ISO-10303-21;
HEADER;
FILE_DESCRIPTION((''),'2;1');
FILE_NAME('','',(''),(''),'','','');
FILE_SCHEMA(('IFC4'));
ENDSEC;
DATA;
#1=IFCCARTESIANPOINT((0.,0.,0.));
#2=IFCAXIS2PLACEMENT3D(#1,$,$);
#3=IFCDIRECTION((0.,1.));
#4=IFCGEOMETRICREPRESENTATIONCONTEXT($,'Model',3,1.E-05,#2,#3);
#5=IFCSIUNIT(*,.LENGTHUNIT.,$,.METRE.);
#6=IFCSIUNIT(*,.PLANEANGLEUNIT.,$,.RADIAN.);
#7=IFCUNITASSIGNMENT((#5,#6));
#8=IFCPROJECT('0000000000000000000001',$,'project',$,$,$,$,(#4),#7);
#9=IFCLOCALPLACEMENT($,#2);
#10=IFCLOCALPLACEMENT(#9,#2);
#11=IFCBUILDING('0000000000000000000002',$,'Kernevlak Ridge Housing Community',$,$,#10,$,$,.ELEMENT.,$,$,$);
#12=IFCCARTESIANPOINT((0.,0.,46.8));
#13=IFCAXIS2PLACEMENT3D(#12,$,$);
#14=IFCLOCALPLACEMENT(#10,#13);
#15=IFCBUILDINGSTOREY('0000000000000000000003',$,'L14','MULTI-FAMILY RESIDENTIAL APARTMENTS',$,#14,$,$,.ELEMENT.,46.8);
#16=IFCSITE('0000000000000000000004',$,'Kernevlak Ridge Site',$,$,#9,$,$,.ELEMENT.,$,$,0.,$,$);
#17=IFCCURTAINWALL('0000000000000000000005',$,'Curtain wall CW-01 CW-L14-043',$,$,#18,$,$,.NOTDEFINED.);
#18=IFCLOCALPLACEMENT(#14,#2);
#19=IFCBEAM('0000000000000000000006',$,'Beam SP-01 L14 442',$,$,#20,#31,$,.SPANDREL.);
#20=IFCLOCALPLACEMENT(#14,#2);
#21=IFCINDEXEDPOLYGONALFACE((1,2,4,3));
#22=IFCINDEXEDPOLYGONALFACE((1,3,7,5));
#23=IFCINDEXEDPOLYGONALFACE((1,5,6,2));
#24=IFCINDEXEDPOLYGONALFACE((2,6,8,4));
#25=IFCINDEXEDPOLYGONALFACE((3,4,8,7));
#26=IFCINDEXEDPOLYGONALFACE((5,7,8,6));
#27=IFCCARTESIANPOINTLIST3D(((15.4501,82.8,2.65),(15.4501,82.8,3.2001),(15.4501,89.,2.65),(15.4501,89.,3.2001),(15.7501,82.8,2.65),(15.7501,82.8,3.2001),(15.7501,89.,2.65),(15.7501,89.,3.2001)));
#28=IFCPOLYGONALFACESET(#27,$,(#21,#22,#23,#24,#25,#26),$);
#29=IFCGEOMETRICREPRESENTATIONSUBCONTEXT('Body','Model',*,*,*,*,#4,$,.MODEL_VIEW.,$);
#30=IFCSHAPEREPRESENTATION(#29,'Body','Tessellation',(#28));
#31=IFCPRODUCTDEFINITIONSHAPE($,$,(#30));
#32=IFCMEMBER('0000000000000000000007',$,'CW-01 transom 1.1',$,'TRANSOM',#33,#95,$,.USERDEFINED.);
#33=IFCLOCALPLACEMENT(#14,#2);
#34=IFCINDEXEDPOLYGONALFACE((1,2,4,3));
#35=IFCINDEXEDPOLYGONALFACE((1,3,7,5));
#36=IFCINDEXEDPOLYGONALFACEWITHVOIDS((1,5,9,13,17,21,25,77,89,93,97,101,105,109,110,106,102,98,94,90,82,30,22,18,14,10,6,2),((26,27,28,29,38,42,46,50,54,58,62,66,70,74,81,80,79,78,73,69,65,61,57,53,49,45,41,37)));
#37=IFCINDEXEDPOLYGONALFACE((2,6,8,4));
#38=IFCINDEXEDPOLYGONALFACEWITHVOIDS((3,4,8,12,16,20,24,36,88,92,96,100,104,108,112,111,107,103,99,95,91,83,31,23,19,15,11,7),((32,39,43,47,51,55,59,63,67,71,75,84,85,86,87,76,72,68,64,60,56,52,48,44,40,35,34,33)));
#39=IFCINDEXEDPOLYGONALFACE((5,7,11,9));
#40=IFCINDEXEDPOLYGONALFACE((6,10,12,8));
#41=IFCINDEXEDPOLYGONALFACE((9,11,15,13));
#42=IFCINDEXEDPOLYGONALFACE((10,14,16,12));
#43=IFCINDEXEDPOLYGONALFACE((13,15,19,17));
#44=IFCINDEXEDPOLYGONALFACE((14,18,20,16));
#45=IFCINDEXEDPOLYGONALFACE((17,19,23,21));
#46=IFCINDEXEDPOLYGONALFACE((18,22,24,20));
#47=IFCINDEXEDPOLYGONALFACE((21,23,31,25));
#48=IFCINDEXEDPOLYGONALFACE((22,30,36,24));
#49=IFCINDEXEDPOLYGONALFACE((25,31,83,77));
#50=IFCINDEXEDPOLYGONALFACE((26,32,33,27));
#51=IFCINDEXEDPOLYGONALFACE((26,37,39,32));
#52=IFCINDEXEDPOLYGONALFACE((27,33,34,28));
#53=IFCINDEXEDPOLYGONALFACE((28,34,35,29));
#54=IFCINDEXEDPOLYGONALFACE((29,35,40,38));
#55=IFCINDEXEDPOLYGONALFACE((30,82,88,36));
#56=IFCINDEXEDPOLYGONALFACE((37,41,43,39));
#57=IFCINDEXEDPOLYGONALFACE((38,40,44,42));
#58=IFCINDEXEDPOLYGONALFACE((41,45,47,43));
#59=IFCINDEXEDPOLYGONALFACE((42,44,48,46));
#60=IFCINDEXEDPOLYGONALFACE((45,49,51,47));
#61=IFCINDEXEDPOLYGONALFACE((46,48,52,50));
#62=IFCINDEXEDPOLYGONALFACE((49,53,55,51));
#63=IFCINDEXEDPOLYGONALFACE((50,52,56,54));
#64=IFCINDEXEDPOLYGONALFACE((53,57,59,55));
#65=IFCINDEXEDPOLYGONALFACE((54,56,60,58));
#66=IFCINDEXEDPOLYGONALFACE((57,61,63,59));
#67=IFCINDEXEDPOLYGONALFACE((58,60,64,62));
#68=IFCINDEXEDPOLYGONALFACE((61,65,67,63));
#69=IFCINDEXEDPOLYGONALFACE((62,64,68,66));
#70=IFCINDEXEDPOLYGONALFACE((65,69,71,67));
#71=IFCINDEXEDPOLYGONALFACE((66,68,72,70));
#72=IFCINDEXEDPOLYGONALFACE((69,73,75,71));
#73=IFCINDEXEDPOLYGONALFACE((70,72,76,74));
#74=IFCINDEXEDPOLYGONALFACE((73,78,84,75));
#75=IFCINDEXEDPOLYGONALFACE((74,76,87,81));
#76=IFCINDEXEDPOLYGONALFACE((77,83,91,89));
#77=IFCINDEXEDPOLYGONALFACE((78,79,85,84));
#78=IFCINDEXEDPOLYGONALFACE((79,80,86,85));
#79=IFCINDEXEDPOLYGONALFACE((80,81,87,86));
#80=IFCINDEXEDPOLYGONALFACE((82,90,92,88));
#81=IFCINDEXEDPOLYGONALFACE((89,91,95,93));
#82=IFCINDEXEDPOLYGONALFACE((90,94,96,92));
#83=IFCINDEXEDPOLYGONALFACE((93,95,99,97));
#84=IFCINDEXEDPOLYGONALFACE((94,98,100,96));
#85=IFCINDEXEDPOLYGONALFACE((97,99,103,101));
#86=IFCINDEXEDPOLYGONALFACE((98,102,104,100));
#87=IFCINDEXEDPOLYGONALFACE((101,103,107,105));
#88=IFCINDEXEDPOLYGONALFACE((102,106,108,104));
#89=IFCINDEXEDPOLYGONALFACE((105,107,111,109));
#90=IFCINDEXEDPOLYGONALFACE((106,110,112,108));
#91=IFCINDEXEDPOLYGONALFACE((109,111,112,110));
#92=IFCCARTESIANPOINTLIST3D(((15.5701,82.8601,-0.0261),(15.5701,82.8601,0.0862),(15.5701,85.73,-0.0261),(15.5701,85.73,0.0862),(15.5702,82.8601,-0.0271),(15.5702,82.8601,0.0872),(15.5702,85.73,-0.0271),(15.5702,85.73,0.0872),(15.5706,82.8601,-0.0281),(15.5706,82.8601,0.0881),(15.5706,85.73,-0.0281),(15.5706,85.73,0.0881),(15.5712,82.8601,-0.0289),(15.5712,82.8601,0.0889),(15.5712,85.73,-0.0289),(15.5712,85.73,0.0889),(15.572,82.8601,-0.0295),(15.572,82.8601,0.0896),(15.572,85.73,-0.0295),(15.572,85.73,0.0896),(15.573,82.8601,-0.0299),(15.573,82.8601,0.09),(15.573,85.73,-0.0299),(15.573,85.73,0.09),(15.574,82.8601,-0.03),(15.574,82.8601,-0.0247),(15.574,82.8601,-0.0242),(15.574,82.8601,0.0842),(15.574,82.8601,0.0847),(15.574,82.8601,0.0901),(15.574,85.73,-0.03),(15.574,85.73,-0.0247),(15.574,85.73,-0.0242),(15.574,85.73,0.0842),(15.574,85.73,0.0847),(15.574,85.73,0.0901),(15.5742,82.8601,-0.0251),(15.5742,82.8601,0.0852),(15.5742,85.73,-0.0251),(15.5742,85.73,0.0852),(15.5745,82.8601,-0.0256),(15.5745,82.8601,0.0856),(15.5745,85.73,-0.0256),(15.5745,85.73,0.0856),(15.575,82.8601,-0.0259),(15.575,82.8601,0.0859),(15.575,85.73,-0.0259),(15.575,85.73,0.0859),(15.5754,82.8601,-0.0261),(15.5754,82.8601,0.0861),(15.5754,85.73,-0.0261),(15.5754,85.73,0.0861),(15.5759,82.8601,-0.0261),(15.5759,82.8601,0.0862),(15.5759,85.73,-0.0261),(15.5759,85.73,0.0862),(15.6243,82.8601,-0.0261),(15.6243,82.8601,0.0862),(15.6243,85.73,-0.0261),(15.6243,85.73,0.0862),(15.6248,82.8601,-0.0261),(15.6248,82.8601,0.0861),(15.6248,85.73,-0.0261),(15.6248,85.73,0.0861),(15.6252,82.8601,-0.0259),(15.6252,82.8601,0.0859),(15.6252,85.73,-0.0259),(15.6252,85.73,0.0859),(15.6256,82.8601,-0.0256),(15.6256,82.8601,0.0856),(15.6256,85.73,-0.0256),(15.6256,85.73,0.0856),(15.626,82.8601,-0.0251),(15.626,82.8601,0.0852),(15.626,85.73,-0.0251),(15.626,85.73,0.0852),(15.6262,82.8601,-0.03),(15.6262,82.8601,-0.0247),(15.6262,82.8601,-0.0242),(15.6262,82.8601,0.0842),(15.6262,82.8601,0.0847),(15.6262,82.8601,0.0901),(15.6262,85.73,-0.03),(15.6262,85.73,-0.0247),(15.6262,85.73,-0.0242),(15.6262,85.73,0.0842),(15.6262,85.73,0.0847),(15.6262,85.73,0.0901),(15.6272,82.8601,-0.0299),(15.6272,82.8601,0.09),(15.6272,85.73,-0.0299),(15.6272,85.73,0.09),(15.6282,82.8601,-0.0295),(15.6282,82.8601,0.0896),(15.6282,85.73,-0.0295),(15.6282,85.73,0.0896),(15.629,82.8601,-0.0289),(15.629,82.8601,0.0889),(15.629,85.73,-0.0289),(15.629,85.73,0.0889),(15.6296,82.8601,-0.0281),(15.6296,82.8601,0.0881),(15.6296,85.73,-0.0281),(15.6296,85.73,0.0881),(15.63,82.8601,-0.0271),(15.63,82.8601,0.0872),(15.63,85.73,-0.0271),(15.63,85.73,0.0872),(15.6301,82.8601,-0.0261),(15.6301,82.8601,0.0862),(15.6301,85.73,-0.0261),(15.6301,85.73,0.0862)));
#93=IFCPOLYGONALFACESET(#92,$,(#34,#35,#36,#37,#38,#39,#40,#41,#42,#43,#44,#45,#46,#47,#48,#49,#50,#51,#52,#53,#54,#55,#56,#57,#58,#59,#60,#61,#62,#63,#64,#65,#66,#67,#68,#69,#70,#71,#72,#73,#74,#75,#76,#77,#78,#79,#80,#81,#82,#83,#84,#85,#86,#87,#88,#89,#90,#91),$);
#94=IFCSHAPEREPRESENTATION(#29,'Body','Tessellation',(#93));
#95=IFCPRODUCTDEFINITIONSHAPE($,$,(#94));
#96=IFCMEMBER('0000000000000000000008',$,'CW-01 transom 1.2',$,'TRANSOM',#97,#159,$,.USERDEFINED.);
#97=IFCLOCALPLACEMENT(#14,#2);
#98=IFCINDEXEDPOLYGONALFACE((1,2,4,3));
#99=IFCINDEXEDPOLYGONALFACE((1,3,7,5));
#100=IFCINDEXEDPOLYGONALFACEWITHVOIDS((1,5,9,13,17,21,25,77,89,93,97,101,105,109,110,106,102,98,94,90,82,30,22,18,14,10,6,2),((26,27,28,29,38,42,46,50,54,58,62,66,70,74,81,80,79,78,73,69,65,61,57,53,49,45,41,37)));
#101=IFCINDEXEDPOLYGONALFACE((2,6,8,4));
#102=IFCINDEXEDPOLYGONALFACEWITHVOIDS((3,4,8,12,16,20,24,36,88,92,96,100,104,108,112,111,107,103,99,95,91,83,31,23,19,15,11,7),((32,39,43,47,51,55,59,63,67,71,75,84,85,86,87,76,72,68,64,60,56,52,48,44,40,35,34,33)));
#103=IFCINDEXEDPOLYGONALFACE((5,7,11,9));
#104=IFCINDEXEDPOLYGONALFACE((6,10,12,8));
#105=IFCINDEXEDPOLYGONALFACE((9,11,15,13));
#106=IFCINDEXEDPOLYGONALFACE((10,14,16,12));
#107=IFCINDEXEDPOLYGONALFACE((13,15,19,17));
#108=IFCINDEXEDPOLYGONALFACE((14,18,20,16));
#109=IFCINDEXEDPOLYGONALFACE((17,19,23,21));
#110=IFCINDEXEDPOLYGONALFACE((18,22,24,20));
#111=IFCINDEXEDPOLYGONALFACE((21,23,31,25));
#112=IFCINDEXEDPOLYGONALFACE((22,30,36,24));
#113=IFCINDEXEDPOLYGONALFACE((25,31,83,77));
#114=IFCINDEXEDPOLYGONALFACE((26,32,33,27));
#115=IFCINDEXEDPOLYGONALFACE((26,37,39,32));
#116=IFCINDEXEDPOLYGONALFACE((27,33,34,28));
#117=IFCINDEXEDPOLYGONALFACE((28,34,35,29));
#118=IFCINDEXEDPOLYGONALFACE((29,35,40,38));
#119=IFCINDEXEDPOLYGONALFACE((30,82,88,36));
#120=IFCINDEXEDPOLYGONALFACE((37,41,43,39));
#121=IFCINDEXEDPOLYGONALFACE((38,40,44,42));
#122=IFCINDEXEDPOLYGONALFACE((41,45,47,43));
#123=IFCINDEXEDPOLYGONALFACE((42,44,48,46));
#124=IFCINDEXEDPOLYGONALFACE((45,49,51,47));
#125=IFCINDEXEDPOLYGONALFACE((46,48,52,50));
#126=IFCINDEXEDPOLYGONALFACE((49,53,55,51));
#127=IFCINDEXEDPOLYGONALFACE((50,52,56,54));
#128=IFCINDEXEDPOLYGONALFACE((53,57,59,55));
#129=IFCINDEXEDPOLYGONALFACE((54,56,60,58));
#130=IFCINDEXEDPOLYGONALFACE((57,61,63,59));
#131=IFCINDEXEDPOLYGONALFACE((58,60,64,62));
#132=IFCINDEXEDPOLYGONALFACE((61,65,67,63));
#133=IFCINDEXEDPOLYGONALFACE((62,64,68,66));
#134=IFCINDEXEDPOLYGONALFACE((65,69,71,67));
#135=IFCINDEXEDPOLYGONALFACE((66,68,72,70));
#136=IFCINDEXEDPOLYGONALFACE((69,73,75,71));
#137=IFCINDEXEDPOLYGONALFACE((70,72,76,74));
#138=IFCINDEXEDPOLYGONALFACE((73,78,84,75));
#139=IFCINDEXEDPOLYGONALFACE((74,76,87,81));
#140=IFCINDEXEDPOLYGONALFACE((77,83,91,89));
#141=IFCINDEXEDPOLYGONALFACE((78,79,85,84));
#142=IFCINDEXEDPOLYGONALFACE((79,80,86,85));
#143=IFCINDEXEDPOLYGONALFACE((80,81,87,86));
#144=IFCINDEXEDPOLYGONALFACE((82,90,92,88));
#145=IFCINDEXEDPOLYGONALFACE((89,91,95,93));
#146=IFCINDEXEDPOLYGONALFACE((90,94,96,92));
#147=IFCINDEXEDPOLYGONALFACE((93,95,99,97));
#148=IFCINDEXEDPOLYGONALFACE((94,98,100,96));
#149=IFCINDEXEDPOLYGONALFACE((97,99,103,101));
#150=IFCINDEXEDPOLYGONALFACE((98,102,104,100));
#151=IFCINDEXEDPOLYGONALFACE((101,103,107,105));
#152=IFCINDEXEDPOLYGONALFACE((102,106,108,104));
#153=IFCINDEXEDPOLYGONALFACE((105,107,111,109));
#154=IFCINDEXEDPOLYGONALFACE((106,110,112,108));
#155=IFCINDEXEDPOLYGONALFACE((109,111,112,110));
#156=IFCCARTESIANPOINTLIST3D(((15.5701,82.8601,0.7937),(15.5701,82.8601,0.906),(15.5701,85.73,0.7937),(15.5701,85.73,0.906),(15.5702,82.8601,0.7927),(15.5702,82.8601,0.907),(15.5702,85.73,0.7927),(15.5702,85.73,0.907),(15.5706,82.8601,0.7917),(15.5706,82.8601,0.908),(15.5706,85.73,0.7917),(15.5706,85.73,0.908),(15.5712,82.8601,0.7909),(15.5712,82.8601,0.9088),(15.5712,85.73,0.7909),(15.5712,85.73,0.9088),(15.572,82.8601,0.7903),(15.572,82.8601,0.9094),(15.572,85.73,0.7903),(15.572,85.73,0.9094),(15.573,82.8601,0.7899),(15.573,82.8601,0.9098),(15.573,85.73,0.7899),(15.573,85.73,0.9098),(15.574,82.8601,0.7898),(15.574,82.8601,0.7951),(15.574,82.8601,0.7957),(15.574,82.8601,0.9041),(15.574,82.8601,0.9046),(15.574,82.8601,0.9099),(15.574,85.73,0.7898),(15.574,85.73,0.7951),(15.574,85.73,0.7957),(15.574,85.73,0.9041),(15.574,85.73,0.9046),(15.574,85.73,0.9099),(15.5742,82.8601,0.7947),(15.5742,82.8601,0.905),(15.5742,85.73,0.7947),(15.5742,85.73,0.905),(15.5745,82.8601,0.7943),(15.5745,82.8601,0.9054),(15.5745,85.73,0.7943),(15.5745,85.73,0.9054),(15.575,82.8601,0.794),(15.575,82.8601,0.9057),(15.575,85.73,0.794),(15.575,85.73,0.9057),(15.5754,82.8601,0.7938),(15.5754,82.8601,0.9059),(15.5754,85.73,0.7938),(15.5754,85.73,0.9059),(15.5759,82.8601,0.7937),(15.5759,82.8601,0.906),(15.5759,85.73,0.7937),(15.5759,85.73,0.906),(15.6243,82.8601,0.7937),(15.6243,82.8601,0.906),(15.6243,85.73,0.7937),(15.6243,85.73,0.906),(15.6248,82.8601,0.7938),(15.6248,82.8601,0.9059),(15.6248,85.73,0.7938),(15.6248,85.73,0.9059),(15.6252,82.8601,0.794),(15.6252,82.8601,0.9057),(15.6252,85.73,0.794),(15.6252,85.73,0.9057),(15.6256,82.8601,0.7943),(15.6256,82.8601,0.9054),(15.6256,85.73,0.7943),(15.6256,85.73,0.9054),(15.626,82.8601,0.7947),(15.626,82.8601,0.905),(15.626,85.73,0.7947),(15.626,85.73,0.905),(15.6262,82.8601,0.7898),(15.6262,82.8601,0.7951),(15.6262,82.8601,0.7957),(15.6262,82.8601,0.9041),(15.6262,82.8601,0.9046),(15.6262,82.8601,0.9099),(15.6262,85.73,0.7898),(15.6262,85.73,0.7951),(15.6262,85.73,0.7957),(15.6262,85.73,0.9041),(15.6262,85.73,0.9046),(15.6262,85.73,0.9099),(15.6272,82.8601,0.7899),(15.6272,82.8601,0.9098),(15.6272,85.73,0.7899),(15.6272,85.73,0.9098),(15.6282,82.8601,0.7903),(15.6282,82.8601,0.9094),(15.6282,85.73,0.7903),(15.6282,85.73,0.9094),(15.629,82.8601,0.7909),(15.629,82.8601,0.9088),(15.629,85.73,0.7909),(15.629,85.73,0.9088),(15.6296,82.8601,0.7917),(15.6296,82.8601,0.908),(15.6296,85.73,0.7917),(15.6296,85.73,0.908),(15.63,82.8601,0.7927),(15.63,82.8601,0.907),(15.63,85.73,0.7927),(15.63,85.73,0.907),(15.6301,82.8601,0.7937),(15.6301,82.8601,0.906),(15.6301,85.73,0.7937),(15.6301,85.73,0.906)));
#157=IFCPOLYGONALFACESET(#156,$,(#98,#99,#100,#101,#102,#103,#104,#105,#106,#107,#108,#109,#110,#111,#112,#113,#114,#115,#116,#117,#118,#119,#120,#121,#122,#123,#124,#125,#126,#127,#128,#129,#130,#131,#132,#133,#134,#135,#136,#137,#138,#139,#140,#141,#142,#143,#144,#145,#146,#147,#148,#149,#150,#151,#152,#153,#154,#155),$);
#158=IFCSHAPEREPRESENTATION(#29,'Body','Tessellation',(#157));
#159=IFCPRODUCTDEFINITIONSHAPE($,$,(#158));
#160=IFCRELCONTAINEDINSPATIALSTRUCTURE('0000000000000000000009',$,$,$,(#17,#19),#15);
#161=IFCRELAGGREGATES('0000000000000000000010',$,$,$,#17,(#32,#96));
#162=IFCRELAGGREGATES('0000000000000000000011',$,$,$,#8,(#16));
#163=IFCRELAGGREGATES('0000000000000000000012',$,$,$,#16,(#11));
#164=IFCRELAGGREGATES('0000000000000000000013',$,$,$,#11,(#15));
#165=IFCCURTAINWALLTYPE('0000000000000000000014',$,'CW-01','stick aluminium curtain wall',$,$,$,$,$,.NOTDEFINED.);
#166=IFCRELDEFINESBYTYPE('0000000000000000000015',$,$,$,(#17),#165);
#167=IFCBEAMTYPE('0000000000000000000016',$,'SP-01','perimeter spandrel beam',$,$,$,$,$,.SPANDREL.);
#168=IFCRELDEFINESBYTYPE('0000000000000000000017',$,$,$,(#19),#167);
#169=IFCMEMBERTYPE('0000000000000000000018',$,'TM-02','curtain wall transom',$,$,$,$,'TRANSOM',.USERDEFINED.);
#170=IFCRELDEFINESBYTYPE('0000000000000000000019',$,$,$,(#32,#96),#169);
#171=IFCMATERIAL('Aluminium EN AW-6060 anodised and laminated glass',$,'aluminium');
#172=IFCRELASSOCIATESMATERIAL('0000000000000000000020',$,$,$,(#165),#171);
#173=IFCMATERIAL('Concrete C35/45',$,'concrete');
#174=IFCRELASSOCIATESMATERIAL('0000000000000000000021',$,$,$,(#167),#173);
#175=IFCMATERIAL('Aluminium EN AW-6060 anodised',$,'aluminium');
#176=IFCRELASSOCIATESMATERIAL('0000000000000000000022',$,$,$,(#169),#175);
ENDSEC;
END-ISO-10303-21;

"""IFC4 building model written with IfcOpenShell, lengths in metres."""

from ifc_helpers import new_model, si_unit, direction, frame, origin, origin_2d, place, context, subcontext, project, spatial, rectangle, hollow_rectangle, extrude, material, material_profile, profile_set, type_object, element, aggregate, save


model = new_model("IFC4")

# Units and contexts
model_context = context("Model", 3, precision=1e-05, world=origin(), true_north=direction((0.0, 1.0)))
body_context = subcontext(model_context, "Body", "Model", "MODEL_VIEW")
ifc_project = project(units=[si_unit("LENGTHUNIT", "METRE"), si_unit("PLANEANGLEUNIT", "RADIAN")], contexts=[model_context])

# Site, building, storey
site_placement = place(None, origin())
site = spatial("IfcSite", under=ifc_project, at=site_placement, Name="Kernevlak Ridge Site", CompositionType="ELEMENT", RefElevation=0.0)
building_placement = place(site_placement, origin())
building = spatial("IfcBuilding", under=site, at=building_placement, Name="Kernevlak Ridge Housing Community", CompositionType="ELEMENT")
storey_placement = place(building_placement, frame((0.0, 0.0, 46.8)))
storey = spatial("IfcBuildingStorey", under=building, at=storey_placement, Name="L14", Description="MULTI-FAMILY RESIDENTIAL APARTMENTS", CompositionType="ELEMENT", Elevation=46.8)

# Shared definitions
ifc_material_1 = material(Name="Concrete C35/45", Category="concrete")

# Curtain wall
ifc_material_2 = material(Name="Aluminium EN AW-6060 anodised and laminated glass", Category="aluminium")
curtain_wall_type = type_object("IfcCurtainWallType", Name="CW-01", Description="stick aluminium curtain wall", PredefinedType="NOTDEFINED", material=ifc_material_2)
curtain_wall_placement = place(storey_placement, origin())
curtain_wall = element("IfcCurtainWall", 1, at=curtain_wall_placement, inside=storey, type_object=curtain_wall_type, Name="Curtain wall CW-01 CW-L14-043", PredefinedType="NOTDEFINED")
ifc_material_3 = material(Name="Aluminium EN AW-6060 anodised", Category="aluminium")

# Beam
ifc_material_profile_1 = material_profile(ifc_material_1, rectangle(XDim=0.3, YDim=0.55, at=origin_2d()), Name="RC 300x550")
ifc_profile_set_1 = profile_set([ifc_material_profile_1], Name="Concrete C35/45")
beam_type_1 = type_object("IfcBeamType", Name="SP-01", Description="perimeter spandrel beam", PredefinedType="SPANDREL", material=ifc_profile_set_1)
beam_1_placement = place(storey_placement, frame((15.6001, 82.8, 2.925), z_axis=(0.0, 1.0, 0.0), x_axis=(-1.0, 0.0, 0.0)))
element("IfcBeam", 2, at=beam_1_placement, inside=storey, type_object=beam_type_1, Name="Beam SP-01 L14 442", PredefinedType="SPANDREL", context=body_context, shape_type="SweptSolid", body=[
    extrude(rectangle(XDim=0.3, YDim=0.55, at=origin_2d()), origin(), (0.0, 0.0, 1.0), 6.2),
])

# Members
ifc_material_profile_2 = material_profile(ifc_material_3, hollow_rectangle(XDim=0.0601, YDim=0.1201, WallThickness=0.0039, InnerFilletRadius=0.002, OuterFilletRadius=0.0039, at=origin_2d()), Name="ALU 60x120x4")
ifc_profile_set_2 = profile_set([ifc_material_profile_2], Name="Aluminium EN AW-6060 anodised")
member_type_1 = type_object("IfcMemberType", Name="TM-02", Description="curtain wall transom", ElementType="TRANSOM", PredefinedType="USERDEFINED", material=ifc_profile_set_2)
member_1_placement = place(storey_placement, frame((15.6001, 82.8601, 0.03), z_axis=(0.0, 1.0, 0.0), x_axis=(-1.0, 0.0, 0.0)))
member_1 = element("IfcMember", 3, at=member_1_placement, type_object=member_type_1, Name="CW-01 transom 1.1", ObjectType="TRANSOM", PredefinedType="USERDEFINED", context=body_context, shape_type="SweptSolid", body=[
    extrude(hollow_rectangle(XDim=0.0601, YDim=0.1201, WallThickness=0.0039, InnerFilletRadius=0.002, OuterFilletRadius=0.0039, at=origin_2d()), origin(), (0.0, 0.0, 1.0), 2.8699),
])
member_2_placement = place(storey_placement, frame((15.6001, 82.8601, 0.8499), z_axis=(0.0, 1.0, 0.0), x_axis=(-1.0, 0.0, 0.0)))
member_2 = element("IfcMember", 4, at=member_2_placement, type_object=member_type_1, Name="CW-01 transom 1.2", ObjectType="TRANSOM", PredefinedType="USERDEFINED", context=body_context, shape_type="SweptSolid", body=[
    extrude(hollow_rectangle(XDim=0.0601, YDim=0.1201, WallThickness=0.0039, InnerFilletRadius=0.002, OuterFilletRadius=0.0039, at=origin_2d()), origin(), (0.0, 0.0, 1.0), 2.8699),
])

aggregate(curtain_wall, [member_1, member_2])

save(model, "model.ifc")
